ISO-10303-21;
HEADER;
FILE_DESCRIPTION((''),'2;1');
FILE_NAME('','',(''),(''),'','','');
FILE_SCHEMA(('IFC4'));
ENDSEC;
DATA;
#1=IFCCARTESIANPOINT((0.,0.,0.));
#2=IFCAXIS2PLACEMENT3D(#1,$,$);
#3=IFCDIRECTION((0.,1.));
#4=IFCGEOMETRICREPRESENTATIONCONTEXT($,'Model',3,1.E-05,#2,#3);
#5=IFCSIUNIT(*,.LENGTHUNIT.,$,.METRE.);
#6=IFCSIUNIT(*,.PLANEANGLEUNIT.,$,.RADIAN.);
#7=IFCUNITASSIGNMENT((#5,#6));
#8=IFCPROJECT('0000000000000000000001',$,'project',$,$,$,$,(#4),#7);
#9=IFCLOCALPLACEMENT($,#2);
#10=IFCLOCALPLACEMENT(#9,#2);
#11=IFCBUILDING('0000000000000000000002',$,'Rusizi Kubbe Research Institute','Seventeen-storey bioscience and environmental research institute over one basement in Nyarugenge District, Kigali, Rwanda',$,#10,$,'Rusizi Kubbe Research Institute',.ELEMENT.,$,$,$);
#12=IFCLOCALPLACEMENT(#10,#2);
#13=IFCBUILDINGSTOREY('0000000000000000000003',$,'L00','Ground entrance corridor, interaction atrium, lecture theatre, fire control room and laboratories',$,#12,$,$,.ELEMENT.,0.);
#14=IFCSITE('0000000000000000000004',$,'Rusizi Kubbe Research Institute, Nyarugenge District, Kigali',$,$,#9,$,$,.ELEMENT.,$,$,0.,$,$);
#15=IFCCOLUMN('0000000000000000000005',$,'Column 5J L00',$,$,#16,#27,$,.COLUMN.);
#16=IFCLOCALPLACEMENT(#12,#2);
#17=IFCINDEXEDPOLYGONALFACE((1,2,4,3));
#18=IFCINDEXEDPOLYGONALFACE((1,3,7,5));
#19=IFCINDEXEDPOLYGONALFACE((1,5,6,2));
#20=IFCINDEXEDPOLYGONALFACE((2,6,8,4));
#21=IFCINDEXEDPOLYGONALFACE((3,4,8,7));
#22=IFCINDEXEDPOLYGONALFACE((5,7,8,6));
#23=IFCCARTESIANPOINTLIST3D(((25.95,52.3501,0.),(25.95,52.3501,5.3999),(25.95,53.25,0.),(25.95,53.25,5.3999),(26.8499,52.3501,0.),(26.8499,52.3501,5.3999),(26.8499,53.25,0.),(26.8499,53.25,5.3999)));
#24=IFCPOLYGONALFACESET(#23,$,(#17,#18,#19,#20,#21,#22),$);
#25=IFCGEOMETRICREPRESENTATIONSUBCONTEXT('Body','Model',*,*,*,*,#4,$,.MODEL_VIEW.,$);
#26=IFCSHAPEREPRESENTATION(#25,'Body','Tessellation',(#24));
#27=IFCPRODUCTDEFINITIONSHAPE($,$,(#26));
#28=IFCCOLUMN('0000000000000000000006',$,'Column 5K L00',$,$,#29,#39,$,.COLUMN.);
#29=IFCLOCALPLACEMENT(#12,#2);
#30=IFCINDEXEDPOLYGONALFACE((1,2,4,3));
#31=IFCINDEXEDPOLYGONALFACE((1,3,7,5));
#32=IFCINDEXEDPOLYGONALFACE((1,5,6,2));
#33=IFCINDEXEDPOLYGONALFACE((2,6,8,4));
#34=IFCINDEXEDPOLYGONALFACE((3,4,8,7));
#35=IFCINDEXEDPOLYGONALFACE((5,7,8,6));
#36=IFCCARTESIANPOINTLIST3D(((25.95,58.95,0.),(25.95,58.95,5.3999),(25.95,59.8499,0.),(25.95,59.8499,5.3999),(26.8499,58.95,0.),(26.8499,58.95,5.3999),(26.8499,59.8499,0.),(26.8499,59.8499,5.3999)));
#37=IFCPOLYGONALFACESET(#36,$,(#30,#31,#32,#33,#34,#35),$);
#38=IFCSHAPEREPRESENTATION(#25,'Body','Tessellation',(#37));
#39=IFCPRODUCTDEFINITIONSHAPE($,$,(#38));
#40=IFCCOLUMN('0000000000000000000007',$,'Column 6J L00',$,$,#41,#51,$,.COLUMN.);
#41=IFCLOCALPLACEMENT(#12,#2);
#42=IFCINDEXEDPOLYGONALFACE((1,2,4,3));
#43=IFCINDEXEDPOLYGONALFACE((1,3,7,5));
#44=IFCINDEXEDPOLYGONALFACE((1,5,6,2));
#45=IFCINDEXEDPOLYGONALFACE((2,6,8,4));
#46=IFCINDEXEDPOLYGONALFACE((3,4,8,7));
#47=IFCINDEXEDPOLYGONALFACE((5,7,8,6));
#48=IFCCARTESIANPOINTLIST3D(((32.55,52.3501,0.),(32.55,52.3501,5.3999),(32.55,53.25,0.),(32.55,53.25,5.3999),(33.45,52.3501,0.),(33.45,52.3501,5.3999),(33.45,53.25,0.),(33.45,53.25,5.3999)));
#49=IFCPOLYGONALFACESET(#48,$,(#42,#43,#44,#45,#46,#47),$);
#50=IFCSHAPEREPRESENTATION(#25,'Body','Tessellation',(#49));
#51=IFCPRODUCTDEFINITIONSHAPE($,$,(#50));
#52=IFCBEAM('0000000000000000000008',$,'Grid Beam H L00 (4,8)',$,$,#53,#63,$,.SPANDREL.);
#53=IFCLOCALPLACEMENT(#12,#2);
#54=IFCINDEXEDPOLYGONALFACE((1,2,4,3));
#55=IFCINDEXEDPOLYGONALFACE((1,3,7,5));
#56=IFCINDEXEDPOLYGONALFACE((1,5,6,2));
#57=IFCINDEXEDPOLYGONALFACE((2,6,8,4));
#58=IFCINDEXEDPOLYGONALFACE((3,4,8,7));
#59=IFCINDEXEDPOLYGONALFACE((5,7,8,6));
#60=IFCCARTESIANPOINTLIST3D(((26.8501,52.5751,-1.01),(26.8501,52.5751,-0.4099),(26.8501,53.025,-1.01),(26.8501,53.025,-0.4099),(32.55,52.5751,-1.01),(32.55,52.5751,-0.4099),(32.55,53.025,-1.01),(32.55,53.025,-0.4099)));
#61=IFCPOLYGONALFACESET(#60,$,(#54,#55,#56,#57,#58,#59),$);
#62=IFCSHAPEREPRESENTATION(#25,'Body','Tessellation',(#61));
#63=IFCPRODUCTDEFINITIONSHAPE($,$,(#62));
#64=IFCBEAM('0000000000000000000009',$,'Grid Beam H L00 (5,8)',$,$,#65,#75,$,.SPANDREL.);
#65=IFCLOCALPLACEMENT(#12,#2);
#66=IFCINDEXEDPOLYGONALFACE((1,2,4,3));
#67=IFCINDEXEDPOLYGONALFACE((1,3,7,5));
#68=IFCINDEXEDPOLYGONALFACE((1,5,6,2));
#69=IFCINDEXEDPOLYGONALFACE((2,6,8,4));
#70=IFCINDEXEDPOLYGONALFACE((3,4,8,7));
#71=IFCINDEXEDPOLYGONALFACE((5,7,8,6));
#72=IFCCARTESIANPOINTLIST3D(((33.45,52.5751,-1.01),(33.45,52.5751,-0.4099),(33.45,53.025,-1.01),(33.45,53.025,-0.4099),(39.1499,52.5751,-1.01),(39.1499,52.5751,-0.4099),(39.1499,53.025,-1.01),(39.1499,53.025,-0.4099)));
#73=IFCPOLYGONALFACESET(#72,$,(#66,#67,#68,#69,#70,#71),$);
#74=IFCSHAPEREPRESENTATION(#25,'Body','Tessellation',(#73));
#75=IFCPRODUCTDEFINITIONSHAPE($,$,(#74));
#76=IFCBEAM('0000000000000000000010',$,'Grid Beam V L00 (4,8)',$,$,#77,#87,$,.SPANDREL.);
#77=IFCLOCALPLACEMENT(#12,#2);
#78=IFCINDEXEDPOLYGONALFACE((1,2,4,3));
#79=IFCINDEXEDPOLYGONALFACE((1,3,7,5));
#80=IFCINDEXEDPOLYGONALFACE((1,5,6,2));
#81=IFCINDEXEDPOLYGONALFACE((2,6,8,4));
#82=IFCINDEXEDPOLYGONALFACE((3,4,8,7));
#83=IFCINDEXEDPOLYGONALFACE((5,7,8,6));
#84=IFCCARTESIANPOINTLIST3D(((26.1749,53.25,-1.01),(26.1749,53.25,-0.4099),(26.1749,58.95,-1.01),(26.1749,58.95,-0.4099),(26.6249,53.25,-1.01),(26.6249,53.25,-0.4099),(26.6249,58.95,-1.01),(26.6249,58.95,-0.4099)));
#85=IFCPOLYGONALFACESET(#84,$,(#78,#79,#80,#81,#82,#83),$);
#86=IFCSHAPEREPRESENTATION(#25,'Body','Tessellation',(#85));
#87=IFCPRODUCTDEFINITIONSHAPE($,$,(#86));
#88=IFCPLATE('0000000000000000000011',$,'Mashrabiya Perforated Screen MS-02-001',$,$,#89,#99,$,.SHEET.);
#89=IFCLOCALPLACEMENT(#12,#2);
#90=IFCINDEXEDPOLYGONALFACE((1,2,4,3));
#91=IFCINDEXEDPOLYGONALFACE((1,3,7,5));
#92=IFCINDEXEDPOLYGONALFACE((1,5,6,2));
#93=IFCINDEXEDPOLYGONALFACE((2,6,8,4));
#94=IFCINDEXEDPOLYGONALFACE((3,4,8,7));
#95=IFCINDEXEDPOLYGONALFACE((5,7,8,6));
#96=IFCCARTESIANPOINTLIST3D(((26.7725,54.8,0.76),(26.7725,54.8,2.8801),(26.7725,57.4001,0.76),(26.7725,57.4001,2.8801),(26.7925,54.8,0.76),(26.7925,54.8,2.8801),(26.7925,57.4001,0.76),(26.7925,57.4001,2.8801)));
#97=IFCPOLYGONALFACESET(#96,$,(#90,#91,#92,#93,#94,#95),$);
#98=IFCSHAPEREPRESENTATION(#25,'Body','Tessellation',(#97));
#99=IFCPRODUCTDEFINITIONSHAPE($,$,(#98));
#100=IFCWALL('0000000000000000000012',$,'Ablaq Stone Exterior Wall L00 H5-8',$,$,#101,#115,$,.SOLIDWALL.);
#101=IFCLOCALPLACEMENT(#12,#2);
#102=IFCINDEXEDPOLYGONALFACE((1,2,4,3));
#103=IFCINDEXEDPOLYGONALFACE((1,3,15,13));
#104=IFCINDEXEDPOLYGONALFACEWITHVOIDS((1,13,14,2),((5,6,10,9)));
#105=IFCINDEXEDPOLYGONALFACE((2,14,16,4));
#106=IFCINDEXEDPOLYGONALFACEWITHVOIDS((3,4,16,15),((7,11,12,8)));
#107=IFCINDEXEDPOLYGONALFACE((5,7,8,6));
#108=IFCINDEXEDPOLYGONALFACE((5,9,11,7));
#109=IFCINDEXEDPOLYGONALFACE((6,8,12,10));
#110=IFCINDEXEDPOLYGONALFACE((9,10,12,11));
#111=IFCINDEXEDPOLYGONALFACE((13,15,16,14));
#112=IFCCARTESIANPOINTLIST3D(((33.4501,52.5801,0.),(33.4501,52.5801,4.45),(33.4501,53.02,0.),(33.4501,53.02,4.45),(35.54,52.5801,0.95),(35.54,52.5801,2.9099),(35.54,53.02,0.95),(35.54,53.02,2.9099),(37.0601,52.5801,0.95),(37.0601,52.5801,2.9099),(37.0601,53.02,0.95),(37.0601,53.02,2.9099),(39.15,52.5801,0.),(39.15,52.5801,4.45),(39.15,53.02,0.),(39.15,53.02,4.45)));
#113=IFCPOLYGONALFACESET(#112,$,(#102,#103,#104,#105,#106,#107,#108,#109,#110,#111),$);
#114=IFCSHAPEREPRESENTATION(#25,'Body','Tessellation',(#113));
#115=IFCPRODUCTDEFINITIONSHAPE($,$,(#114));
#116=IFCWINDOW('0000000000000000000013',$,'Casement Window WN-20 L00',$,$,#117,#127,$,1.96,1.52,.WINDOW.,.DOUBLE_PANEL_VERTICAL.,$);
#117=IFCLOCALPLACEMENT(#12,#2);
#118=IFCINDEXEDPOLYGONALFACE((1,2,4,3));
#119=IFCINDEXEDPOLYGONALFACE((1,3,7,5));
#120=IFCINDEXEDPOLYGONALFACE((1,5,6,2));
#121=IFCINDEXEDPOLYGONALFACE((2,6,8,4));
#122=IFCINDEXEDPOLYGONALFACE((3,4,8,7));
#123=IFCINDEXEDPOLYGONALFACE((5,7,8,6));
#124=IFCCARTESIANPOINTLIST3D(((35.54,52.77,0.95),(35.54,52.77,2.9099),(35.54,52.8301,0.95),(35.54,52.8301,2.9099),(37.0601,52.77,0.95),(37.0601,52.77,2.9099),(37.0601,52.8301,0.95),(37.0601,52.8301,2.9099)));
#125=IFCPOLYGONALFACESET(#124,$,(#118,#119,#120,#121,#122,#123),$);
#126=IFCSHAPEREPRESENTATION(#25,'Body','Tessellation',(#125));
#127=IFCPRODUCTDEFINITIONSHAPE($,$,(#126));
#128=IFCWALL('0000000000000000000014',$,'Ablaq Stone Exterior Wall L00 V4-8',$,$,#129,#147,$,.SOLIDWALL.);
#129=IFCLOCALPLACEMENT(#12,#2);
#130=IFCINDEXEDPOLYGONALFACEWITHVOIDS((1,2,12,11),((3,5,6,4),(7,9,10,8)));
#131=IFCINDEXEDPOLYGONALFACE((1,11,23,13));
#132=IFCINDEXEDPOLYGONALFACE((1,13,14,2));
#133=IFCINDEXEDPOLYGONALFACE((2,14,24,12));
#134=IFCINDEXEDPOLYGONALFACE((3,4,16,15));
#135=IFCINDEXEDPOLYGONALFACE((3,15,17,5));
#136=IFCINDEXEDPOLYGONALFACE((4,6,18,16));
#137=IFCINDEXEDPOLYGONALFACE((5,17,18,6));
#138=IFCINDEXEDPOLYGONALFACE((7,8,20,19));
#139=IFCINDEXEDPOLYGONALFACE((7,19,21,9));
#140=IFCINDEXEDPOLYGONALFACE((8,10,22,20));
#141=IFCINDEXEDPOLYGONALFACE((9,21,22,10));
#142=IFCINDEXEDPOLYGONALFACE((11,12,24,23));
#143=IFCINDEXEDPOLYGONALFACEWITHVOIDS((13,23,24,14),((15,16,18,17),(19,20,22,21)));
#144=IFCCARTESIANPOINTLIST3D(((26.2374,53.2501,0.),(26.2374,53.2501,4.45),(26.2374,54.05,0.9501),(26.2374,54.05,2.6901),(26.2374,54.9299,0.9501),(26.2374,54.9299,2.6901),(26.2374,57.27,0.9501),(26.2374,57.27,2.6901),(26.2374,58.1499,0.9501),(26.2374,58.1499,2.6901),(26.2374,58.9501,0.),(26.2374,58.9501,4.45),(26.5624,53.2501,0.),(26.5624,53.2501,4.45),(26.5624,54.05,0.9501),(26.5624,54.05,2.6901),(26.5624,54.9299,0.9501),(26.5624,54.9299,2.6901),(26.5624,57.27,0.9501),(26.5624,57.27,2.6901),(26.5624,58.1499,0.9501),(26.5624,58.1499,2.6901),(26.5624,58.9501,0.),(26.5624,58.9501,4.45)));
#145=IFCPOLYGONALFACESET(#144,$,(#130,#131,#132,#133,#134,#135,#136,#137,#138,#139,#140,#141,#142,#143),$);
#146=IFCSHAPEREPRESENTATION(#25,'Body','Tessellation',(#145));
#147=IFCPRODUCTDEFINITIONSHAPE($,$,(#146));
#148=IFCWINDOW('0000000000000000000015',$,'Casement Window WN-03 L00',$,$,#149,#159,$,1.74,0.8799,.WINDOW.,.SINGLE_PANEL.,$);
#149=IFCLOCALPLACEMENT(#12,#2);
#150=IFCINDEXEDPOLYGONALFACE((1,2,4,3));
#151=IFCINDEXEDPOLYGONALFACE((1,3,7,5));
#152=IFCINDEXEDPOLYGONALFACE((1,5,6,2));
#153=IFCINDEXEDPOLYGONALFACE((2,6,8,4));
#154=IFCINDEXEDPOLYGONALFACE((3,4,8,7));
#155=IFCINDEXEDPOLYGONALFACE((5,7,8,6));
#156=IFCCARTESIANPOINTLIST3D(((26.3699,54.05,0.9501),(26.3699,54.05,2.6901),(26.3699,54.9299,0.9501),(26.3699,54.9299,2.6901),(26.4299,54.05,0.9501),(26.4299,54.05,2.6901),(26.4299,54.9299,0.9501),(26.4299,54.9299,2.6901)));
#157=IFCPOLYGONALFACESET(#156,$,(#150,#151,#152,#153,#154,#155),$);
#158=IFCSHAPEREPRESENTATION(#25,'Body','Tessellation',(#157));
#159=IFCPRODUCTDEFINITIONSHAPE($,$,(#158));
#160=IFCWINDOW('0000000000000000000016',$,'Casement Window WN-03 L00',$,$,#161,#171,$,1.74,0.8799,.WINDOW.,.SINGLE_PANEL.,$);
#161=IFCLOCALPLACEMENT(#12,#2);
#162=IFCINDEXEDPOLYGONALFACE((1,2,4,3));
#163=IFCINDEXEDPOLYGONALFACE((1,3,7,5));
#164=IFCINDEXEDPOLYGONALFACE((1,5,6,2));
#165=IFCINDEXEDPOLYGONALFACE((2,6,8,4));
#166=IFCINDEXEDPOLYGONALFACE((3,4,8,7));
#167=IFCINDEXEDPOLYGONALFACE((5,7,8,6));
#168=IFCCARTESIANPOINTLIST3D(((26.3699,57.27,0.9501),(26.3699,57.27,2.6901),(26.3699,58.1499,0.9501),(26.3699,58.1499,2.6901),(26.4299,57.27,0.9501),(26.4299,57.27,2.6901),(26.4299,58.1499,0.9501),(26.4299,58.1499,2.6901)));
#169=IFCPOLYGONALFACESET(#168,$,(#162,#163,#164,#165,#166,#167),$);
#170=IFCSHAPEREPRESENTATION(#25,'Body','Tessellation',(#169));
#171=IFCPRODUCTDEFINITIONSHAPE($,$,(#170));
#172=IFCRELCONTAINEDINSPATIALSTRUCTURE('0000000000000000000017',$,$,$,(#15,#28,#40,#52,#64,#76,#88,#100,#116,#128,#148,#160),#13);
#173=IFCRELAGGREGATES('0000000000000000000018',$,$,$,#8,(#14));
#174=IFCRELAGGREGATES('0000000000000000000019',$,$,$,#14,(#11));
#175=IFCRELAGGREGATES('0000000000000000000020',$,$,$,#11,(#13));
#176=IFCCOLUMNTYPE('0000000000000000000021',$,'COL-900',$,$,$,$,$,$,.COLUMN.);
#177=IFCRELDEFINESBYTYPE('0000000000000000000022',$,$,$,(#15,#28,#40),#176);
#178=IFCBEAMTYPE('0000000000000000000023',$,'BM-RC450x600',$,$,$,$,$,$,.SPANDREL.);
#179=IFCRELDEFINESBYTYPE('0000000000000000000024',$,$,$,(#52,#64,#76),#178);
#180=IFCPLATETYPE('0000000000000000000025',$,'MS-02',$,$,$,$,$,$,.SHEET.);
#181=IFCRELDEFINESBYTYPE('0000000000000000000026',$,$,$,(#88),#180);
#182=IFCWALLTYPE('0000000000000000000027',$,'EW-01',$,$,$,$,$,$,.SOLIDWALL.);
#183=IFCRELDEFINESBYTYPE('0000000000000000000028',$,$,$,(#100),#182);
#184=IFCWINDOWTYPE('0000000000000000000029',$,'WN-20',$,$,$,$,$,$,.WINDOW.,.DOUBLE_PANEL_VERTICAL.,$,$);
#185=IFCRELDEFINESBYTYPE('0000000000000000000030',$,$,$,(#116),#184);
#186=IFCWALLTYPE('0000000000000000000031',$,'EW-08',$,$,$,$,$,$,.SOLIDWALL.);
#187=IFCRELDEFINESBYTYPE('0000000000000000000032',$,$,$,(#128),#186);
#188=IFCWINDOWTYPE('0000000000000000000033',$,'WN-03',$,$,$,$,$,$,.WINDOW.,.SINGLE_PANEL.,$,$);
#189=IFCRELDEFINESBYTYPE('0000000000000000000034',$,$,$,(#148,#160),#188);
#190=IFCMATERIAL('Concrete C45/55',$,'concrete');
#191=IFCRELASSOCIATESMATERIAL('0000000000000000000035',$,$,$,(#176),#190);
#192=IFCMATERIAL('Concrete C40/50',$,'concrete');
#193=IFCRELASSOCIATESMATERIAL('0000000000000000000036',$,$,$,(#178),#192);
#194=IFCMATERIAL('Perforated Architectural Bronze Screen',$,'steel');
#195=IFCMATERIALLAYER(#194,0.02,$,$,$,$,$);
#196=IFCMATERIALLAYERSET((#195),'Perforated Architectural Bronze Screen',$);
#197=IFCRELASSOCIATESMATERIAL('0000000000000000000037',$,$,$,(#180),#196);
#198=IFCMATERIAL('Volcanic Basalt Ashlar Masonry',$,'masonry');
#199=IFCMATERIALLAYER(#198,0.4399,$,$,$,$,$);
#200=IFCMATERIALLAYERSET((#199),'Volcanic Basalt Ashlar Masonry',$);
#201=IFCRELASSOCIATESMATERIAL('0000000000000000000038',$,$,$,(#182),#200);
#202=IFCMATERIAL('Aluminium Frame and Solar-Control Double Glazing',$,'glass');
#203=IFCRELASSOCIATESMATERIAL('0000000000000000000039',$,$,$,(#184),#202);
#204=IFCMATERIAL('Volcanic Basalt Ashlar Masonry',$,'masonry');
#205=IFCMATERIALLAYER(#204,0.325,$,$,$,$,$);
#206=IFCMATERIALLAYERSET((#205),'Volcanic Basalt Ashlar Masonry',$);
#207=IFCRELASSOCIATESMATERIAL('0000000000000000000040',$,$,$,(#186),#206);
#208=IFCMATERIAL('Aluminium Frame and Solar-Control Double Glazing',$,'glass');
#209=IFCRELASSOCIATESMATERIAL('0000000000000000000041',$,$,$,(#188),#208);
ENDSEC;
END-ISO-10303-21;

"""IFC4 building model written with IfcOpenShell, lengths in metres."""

from ifc_helpers import new_model, si_unit, direction, frame, frame_2d, origin, origin_2d, place, context, subcontext, project, spatial, rectangle, extrude, material, layer, layer_set, material_profile, profile_set, type_object, element, fill, save


model = new_model("IFC4")

# Units and contexts
model_context = context("Model", 3, precision=1e-05, world=origin(), true_north=direction((0.0, 1.0)))
body_context = subcontext(model_context, "Body", "Model", "MODEL_VIEW")
ifc_project = project(units=[si_unit("LENGTHUNIT", "METRE"), si_unit("PLANEANGLEUNIT", "RADIAN")], contexts=[model_context])

# Site, building, storey
site_placement = place(None, origin())
site = spatial("IfcSite", under=ifc_project, at=site_placement, Name="Rusizi Kubbe Research Institute, Nyarugenge District, Kigali", CompositionType="ELEMENT", RefElevation=0.0)
building_placement = place(site_placement, origin())
building = spatial("IfcBuilding", under=site, at=building_placement, Name="Rusizi Kubbe Research Institute", Description="Seventeen-storey bioscience and environmental research institute over one basement in Nyarugenge District, Kigali, Rwanda", LongName="Rusizi Kubbe Research Institute", CompositionType="ELEMENT")
storey_placement = place(building_placement, origin())
storey = spatial("IfcBuildingStorey", under=building, at=storey_placement, Name="L00", Description="Ground entrance corridor, interaction atrium, lecture theatre, fire control room and laboratories", CompositionType="ELEMENT", Elevation=0.0)

# Columns
ifc_material_1 = material(Name="Concrete C45/55", Category="concrete")
ifc_material_profile_1 = material_profile(ifc_material_1, rectangle(XDim=0.8999, YDim=0.8999, at=origin_2d()), Name="RC900x900")
ifc_profile_set_1 = profile_set([ifc_material_profile_1], Name="Concrete C45/55")
column_type = type_object("IfcColumnType", Name="COL-900", PredefinedType="COLUMN", material=ifc_profile_set_1)
for number, where, z_axis, x_axis, name in (
    (1, (26.3999, 52.8, 0.0), (0.0, 0.0, 1.0), (1.0, 0.0, 0.0), "Column 5J L00"),
    (2, (26.3999, 59.3999, 0.0), (0.0, 0.0, 1.0), (1.0, 0.0, 0.0), "Column 5K L00"),
    (3, (33.0, 52.8, 0.0), (0.0, 0.0, 1.0), (1.0, 0.0, 0.0), "Column 6J L00"),
):
    element("IfcColumn", number, at=place(storey_placement, frame(where, z_axis=z_axis, x_axis=x_axis)), inside=storey, type_object=column_type, Name=name, PredefinedType="COLUMN", context=body_context, shape_type="SweptSolid", body=[
        extrude(rectangle(XDim=0.8999, YDim=0.8999, at=origin_2d()), origin(), (0.0, 0.0, 1.0), 5.3999),
    ])

# Beams
ifc_material_2 = material(Name="Concrete C40/50", Category="concrete")
ifc_material_profile_2 = material_profile(ifc_material_2, rectangle(XDim=0.45, YDim=0.6001, at=origin_2d()), Name="RC450x600")
ifc_profile_set_2 = profile_set([ifc_material_profile_2], Name="Concrete C40/50")
beam_type = type_object("IfcBeamType", Name="BM-RC450x600", PredefinedType="SPANDREL", material=ifc_profile_set_2)
for number, where, z_axis, x_axis, name in (
    (4, (26.8501, 52.8, -0.71), (1.0, 0.0, 0.0), (0.0, 1.0, 0.0), "Grid Beam H L00 (4,8)"),
    (5, (33.45, 52.8, -0.71), (1.0, 0.0, 0.0), (0.0, 1.0, 0.0), "Grid Beam H L00 (5,8)"),
    (6, (26.3999, 53.25, -0.71), (0.0, 1.0, 0.0), (-1.0, 0.0, 0.0), "Grid Beam V L00 (4,8)"),
):
    element("IfcBeam", number, at=place(storey_placement, frame(where, z_axis=z_axis, x_axis=x_axis)), inside=storey, type_object=beam_type, Name=name, PredefinedType="SPANDREL", context=body_context, shape_type="SweptSolid", body=[
        extrude(rectangle(XDim=0.45, YDim=0.6001, at=origin_2d()), origin(), (0.0, 0.0, 1.0), 5.7),
    ])

# Plate
ifc_material_3 = material(Name="Perforated Architectural Bronze Screen", Category="steel")
ifc_layer_1 = layer(ifc_material_3, 0.02)
ifc_layer_set_1 = layer_set([ifc_layer_1], Name="Perforated Architectural Bronze Screen")
plate_type = type_object("IfcPlateType", Name="MS-02", PredefinedType="SHEET", material=ifc_layer_set_1)
plate_placement = place(storey_placement, frame((26.7825, 56.1001, 0.76), z_axis=(0.0, 0.0, 1.0), x_axis=(0.0, 1.0, 0.0)))
element("IfcPlate", 7, at=plate_placement, inside=storey, type_object=plate_type, Name="Mashrabiya Perforated Screen MS-02-001", PredefinedType="SHEET", context=body_context, shape_type="SweptSolid", body=[
    extrude(rectangle(XDim=2.6001, YDim=0.02, at=origin_2d()), origin(), (0.0, 0.0, 1.0), 2.1201),
])

# Wall, opening, window
ifc_material_4 = material(Name="Volcanic Basalt Ashlar Masonry", Category="masonry")
ifc_layer_2 = layer(ifc_material_4, 0.4399)
ifc_layer_set_2 = layer_set([ifc_layer_2], Name="Volcanic Basalt Ashlar Masonry")
wall_type_1 = type_object("IfcWallType", Name="EW-01", PredefinedType="SOLIDWALL", material=ifc_layer_set_2)
wall_1_placement = place(storey_placement, frame((33.45, 52.8, 0.0), z_axis=(0.0, 0.0, 1.0), x_axis=(1.0, 0.0, 0.0)))
wall_1 = element("IfcWall", 8, at=wall_1_placement, inside=storey, type_object=wall_type_1, Name="Ablaq Stone Exterior Wall L00 H5-8", PredefinedType="SOLIDWALL", context=body_context, shape_type="SweptSolid", body=[
    extrude(rectangle(XDim=5.7, YDim=0.4399, at=frame_2d((2.8501, 0.0))), origin(), (0.0, 0.0, 1.0), 4.45),
])
opening_1_placement = place(wall_1_placement, frame((2.0901, 0.0, 0.95)))
opening_1 = element("IfcOpeningElement", 9, at=opening_1_placement, cuts=wall_1, PredefinedType="OPENING", context=body_context, shape_type="SweptSolid", body=[
    extrude(rectangle(XDim=1.52, YDim=1.96, at=frame_2d((0.76, 0.98))), frame((0.0, 0.23, 0.0), z_axis=(0.0, -1.0, 0.0), x_axis=(1.0, 0.0, 0.0)), (0.0, 0.0, 1.0), 0.46),
])
ifc_material_5 = material(Name="Aluminium Frame and Solar-Control Double Glazing", Category="glass")
window_type_1 = type_object("IfcWindowType", Name="WN-20", PartitioningType="DOUBLE_PANEL_VERTICAL", PredefinedType="WINDOW", material=ifc_material_5)
window_1_placement = place(opening_1_placement, origin())
window_1 = element("IfcWindow", 10, at=window_1_placement, inside=storey, type_object=window_type_1, Name="Casement Window WN-20 L00", OverallHeight=1.96, OverallWidth=1.52, PartitioningType="DOUBLE_PANEL_VERTICAL", PredefinedType="WINDOW", context=body_context, shape_type="SweptSolid", body=[
    extrude(rectangle(XDim=1.52, YDim=1.96, at=frame_2d((0.76, 0.98))), frame((0.0, 0.03, 0.0), z_axis=(0.0, -1.0, 0.0), x_axis=(1.0, 0.0, 0.0)), (0.0, 0.0, 1.0), 0.0601),
])
fill(opening_1, window_1)

# Wall, openings, windows
ifc_material_6 = material(Name="Volcanic Basalt Ashlar Masonry", Category="masonry")
ifc_layer_3 = layer(ifc_material_6, 0.325)
ifc_layer_set_3 = layer_set([ifc_layer_3], Name="Volcanic Basalt Ashlar Masonry")
wall_type_2 = type_object("IfcWallType", Name="EW-08", PredefinedType="SOLIDWALL", material=ifc_layer_set_3)
wall_2_placement = place(storey_placement, frame((26.3999, 53.25, 0.0), z_axis=(0.0, 0.0, 1.0), x_axis=(0.0, 1.0, 0.0)))
wall_2 = element("IfcWall", 11, at=wall_2_placement, inside=storey, type_object=wall_type_2, Name="Ablaq Stone Exterior Wall L00 V4-8", PredefinedType="SOLIDWALL", context=body_context, shape_type="SweptSolid", body=[
    extrude(rectangle(XDim=5.7, YDim=0.325, at=frame_2d((2.8501, 0.0))), origin(), (0.0, 0.0, 1.0), 4.45),
])
opening_2_placement = place(wall_2_placement, frame((0.8, 0.0, 0.95)))
opening_2 = element("IfcOpeningElement", 12, at=opening_2_placement, cuts=wall_2, PredefinedType="OPENING", context=body_context, shape_type="SweptSolid", body=[
    extrude(rectangle(XDim=0.8799, YDim=1.74, at=frame_2d((0.4399, 0.8701))), frame((0.0, 0.1724, 0.0), z_axis=(0.0, -1.0, 0.0), x_axis=(1.0, 0.0, 0.0)), (0.0, 0.0, 1.0), 0.345),
])
opening_3_placement = place(wall_2_placement, frame((4.02, 0.0, 0.95)))
opening_3 = element("IfcOpeningElement", 13, at=opening_3_placement, cuts=wall_2, PredefinedType="OPENING", context=body_context, shape_type="SweptSolid", body=[
    extrude(rectangle(XDim=0.8799, YDim=1.74, at=frame_2d((0.4399, 0.8701))), frame((0.0, 0.1724, 0.0), z_axis=(0.0, -1.0, 0.0), x_axis=(1.0, 0.0, 0.0)), (0.0, 0.0, 1.0), 0.345),
])
ifc_material_7 = material(Name="Aluminium Frame and Solar-Control Double Glazing", Category="glass")
window_type_2 = type_object("IfcWindowType", Name="WN-03", PartitioningType="SINGLE_PANEL", PredefinedType="WINDOW", material=ifc_material_7)
window_2_placement = place(opening_2_placement, origin())
window_2 = element("IfcWindow", 14, at=window_2_placement, inside=storey, type_object=window_type_2, Name="Casement Window WN-03 L00", OverallHeight=1.74, OverallWidth=0.8799, PartitioningType="SINGLE_PANEL", PredefinedType="WINDOW", context=body_context, shape_type="SweptSolid", body=[
    extrude(rectangle(XDim=0.8799, YDim=1.74, at=frame_2d((0.4399, 0.8701))), frame((0.0, 0.03, 0.0), z_axis=(0.0, -1.0, 0.0), x_axis=(1.0, 0.0, 0.0)), (0.0, 0.0, 1.0), 0.0601),
])
fill(opening_2, window_2)
window_3_placement = place(opening_3_placement, origin())
window_3 = element("IfcWindow", 15, at=window_3_placement, inside=storey, type_object=window_type_2, Name="Casement Window WN-03 L00", OverallHeight=1.74, OverallWidth=0.8799, PartitioningType="SINGLE_PANEL", PredefinedType="WINDOW", context=body_context, shape_type="SweptSolid", body=[
    extrude(rectangle(XDim=0.8799, YDim=1.74, at=frame_2d((0.4399, 0.8701))), frame((0.0, 0.03, 0.0), z_axis=(0.0, -1.0, 0.0), x_axis=(1.0, 0.0, 0.0)), (0.0, 0.0, 1.0), 0.0601),
])
fill(opening_3, window_3)

save(model, "model.ifc")
